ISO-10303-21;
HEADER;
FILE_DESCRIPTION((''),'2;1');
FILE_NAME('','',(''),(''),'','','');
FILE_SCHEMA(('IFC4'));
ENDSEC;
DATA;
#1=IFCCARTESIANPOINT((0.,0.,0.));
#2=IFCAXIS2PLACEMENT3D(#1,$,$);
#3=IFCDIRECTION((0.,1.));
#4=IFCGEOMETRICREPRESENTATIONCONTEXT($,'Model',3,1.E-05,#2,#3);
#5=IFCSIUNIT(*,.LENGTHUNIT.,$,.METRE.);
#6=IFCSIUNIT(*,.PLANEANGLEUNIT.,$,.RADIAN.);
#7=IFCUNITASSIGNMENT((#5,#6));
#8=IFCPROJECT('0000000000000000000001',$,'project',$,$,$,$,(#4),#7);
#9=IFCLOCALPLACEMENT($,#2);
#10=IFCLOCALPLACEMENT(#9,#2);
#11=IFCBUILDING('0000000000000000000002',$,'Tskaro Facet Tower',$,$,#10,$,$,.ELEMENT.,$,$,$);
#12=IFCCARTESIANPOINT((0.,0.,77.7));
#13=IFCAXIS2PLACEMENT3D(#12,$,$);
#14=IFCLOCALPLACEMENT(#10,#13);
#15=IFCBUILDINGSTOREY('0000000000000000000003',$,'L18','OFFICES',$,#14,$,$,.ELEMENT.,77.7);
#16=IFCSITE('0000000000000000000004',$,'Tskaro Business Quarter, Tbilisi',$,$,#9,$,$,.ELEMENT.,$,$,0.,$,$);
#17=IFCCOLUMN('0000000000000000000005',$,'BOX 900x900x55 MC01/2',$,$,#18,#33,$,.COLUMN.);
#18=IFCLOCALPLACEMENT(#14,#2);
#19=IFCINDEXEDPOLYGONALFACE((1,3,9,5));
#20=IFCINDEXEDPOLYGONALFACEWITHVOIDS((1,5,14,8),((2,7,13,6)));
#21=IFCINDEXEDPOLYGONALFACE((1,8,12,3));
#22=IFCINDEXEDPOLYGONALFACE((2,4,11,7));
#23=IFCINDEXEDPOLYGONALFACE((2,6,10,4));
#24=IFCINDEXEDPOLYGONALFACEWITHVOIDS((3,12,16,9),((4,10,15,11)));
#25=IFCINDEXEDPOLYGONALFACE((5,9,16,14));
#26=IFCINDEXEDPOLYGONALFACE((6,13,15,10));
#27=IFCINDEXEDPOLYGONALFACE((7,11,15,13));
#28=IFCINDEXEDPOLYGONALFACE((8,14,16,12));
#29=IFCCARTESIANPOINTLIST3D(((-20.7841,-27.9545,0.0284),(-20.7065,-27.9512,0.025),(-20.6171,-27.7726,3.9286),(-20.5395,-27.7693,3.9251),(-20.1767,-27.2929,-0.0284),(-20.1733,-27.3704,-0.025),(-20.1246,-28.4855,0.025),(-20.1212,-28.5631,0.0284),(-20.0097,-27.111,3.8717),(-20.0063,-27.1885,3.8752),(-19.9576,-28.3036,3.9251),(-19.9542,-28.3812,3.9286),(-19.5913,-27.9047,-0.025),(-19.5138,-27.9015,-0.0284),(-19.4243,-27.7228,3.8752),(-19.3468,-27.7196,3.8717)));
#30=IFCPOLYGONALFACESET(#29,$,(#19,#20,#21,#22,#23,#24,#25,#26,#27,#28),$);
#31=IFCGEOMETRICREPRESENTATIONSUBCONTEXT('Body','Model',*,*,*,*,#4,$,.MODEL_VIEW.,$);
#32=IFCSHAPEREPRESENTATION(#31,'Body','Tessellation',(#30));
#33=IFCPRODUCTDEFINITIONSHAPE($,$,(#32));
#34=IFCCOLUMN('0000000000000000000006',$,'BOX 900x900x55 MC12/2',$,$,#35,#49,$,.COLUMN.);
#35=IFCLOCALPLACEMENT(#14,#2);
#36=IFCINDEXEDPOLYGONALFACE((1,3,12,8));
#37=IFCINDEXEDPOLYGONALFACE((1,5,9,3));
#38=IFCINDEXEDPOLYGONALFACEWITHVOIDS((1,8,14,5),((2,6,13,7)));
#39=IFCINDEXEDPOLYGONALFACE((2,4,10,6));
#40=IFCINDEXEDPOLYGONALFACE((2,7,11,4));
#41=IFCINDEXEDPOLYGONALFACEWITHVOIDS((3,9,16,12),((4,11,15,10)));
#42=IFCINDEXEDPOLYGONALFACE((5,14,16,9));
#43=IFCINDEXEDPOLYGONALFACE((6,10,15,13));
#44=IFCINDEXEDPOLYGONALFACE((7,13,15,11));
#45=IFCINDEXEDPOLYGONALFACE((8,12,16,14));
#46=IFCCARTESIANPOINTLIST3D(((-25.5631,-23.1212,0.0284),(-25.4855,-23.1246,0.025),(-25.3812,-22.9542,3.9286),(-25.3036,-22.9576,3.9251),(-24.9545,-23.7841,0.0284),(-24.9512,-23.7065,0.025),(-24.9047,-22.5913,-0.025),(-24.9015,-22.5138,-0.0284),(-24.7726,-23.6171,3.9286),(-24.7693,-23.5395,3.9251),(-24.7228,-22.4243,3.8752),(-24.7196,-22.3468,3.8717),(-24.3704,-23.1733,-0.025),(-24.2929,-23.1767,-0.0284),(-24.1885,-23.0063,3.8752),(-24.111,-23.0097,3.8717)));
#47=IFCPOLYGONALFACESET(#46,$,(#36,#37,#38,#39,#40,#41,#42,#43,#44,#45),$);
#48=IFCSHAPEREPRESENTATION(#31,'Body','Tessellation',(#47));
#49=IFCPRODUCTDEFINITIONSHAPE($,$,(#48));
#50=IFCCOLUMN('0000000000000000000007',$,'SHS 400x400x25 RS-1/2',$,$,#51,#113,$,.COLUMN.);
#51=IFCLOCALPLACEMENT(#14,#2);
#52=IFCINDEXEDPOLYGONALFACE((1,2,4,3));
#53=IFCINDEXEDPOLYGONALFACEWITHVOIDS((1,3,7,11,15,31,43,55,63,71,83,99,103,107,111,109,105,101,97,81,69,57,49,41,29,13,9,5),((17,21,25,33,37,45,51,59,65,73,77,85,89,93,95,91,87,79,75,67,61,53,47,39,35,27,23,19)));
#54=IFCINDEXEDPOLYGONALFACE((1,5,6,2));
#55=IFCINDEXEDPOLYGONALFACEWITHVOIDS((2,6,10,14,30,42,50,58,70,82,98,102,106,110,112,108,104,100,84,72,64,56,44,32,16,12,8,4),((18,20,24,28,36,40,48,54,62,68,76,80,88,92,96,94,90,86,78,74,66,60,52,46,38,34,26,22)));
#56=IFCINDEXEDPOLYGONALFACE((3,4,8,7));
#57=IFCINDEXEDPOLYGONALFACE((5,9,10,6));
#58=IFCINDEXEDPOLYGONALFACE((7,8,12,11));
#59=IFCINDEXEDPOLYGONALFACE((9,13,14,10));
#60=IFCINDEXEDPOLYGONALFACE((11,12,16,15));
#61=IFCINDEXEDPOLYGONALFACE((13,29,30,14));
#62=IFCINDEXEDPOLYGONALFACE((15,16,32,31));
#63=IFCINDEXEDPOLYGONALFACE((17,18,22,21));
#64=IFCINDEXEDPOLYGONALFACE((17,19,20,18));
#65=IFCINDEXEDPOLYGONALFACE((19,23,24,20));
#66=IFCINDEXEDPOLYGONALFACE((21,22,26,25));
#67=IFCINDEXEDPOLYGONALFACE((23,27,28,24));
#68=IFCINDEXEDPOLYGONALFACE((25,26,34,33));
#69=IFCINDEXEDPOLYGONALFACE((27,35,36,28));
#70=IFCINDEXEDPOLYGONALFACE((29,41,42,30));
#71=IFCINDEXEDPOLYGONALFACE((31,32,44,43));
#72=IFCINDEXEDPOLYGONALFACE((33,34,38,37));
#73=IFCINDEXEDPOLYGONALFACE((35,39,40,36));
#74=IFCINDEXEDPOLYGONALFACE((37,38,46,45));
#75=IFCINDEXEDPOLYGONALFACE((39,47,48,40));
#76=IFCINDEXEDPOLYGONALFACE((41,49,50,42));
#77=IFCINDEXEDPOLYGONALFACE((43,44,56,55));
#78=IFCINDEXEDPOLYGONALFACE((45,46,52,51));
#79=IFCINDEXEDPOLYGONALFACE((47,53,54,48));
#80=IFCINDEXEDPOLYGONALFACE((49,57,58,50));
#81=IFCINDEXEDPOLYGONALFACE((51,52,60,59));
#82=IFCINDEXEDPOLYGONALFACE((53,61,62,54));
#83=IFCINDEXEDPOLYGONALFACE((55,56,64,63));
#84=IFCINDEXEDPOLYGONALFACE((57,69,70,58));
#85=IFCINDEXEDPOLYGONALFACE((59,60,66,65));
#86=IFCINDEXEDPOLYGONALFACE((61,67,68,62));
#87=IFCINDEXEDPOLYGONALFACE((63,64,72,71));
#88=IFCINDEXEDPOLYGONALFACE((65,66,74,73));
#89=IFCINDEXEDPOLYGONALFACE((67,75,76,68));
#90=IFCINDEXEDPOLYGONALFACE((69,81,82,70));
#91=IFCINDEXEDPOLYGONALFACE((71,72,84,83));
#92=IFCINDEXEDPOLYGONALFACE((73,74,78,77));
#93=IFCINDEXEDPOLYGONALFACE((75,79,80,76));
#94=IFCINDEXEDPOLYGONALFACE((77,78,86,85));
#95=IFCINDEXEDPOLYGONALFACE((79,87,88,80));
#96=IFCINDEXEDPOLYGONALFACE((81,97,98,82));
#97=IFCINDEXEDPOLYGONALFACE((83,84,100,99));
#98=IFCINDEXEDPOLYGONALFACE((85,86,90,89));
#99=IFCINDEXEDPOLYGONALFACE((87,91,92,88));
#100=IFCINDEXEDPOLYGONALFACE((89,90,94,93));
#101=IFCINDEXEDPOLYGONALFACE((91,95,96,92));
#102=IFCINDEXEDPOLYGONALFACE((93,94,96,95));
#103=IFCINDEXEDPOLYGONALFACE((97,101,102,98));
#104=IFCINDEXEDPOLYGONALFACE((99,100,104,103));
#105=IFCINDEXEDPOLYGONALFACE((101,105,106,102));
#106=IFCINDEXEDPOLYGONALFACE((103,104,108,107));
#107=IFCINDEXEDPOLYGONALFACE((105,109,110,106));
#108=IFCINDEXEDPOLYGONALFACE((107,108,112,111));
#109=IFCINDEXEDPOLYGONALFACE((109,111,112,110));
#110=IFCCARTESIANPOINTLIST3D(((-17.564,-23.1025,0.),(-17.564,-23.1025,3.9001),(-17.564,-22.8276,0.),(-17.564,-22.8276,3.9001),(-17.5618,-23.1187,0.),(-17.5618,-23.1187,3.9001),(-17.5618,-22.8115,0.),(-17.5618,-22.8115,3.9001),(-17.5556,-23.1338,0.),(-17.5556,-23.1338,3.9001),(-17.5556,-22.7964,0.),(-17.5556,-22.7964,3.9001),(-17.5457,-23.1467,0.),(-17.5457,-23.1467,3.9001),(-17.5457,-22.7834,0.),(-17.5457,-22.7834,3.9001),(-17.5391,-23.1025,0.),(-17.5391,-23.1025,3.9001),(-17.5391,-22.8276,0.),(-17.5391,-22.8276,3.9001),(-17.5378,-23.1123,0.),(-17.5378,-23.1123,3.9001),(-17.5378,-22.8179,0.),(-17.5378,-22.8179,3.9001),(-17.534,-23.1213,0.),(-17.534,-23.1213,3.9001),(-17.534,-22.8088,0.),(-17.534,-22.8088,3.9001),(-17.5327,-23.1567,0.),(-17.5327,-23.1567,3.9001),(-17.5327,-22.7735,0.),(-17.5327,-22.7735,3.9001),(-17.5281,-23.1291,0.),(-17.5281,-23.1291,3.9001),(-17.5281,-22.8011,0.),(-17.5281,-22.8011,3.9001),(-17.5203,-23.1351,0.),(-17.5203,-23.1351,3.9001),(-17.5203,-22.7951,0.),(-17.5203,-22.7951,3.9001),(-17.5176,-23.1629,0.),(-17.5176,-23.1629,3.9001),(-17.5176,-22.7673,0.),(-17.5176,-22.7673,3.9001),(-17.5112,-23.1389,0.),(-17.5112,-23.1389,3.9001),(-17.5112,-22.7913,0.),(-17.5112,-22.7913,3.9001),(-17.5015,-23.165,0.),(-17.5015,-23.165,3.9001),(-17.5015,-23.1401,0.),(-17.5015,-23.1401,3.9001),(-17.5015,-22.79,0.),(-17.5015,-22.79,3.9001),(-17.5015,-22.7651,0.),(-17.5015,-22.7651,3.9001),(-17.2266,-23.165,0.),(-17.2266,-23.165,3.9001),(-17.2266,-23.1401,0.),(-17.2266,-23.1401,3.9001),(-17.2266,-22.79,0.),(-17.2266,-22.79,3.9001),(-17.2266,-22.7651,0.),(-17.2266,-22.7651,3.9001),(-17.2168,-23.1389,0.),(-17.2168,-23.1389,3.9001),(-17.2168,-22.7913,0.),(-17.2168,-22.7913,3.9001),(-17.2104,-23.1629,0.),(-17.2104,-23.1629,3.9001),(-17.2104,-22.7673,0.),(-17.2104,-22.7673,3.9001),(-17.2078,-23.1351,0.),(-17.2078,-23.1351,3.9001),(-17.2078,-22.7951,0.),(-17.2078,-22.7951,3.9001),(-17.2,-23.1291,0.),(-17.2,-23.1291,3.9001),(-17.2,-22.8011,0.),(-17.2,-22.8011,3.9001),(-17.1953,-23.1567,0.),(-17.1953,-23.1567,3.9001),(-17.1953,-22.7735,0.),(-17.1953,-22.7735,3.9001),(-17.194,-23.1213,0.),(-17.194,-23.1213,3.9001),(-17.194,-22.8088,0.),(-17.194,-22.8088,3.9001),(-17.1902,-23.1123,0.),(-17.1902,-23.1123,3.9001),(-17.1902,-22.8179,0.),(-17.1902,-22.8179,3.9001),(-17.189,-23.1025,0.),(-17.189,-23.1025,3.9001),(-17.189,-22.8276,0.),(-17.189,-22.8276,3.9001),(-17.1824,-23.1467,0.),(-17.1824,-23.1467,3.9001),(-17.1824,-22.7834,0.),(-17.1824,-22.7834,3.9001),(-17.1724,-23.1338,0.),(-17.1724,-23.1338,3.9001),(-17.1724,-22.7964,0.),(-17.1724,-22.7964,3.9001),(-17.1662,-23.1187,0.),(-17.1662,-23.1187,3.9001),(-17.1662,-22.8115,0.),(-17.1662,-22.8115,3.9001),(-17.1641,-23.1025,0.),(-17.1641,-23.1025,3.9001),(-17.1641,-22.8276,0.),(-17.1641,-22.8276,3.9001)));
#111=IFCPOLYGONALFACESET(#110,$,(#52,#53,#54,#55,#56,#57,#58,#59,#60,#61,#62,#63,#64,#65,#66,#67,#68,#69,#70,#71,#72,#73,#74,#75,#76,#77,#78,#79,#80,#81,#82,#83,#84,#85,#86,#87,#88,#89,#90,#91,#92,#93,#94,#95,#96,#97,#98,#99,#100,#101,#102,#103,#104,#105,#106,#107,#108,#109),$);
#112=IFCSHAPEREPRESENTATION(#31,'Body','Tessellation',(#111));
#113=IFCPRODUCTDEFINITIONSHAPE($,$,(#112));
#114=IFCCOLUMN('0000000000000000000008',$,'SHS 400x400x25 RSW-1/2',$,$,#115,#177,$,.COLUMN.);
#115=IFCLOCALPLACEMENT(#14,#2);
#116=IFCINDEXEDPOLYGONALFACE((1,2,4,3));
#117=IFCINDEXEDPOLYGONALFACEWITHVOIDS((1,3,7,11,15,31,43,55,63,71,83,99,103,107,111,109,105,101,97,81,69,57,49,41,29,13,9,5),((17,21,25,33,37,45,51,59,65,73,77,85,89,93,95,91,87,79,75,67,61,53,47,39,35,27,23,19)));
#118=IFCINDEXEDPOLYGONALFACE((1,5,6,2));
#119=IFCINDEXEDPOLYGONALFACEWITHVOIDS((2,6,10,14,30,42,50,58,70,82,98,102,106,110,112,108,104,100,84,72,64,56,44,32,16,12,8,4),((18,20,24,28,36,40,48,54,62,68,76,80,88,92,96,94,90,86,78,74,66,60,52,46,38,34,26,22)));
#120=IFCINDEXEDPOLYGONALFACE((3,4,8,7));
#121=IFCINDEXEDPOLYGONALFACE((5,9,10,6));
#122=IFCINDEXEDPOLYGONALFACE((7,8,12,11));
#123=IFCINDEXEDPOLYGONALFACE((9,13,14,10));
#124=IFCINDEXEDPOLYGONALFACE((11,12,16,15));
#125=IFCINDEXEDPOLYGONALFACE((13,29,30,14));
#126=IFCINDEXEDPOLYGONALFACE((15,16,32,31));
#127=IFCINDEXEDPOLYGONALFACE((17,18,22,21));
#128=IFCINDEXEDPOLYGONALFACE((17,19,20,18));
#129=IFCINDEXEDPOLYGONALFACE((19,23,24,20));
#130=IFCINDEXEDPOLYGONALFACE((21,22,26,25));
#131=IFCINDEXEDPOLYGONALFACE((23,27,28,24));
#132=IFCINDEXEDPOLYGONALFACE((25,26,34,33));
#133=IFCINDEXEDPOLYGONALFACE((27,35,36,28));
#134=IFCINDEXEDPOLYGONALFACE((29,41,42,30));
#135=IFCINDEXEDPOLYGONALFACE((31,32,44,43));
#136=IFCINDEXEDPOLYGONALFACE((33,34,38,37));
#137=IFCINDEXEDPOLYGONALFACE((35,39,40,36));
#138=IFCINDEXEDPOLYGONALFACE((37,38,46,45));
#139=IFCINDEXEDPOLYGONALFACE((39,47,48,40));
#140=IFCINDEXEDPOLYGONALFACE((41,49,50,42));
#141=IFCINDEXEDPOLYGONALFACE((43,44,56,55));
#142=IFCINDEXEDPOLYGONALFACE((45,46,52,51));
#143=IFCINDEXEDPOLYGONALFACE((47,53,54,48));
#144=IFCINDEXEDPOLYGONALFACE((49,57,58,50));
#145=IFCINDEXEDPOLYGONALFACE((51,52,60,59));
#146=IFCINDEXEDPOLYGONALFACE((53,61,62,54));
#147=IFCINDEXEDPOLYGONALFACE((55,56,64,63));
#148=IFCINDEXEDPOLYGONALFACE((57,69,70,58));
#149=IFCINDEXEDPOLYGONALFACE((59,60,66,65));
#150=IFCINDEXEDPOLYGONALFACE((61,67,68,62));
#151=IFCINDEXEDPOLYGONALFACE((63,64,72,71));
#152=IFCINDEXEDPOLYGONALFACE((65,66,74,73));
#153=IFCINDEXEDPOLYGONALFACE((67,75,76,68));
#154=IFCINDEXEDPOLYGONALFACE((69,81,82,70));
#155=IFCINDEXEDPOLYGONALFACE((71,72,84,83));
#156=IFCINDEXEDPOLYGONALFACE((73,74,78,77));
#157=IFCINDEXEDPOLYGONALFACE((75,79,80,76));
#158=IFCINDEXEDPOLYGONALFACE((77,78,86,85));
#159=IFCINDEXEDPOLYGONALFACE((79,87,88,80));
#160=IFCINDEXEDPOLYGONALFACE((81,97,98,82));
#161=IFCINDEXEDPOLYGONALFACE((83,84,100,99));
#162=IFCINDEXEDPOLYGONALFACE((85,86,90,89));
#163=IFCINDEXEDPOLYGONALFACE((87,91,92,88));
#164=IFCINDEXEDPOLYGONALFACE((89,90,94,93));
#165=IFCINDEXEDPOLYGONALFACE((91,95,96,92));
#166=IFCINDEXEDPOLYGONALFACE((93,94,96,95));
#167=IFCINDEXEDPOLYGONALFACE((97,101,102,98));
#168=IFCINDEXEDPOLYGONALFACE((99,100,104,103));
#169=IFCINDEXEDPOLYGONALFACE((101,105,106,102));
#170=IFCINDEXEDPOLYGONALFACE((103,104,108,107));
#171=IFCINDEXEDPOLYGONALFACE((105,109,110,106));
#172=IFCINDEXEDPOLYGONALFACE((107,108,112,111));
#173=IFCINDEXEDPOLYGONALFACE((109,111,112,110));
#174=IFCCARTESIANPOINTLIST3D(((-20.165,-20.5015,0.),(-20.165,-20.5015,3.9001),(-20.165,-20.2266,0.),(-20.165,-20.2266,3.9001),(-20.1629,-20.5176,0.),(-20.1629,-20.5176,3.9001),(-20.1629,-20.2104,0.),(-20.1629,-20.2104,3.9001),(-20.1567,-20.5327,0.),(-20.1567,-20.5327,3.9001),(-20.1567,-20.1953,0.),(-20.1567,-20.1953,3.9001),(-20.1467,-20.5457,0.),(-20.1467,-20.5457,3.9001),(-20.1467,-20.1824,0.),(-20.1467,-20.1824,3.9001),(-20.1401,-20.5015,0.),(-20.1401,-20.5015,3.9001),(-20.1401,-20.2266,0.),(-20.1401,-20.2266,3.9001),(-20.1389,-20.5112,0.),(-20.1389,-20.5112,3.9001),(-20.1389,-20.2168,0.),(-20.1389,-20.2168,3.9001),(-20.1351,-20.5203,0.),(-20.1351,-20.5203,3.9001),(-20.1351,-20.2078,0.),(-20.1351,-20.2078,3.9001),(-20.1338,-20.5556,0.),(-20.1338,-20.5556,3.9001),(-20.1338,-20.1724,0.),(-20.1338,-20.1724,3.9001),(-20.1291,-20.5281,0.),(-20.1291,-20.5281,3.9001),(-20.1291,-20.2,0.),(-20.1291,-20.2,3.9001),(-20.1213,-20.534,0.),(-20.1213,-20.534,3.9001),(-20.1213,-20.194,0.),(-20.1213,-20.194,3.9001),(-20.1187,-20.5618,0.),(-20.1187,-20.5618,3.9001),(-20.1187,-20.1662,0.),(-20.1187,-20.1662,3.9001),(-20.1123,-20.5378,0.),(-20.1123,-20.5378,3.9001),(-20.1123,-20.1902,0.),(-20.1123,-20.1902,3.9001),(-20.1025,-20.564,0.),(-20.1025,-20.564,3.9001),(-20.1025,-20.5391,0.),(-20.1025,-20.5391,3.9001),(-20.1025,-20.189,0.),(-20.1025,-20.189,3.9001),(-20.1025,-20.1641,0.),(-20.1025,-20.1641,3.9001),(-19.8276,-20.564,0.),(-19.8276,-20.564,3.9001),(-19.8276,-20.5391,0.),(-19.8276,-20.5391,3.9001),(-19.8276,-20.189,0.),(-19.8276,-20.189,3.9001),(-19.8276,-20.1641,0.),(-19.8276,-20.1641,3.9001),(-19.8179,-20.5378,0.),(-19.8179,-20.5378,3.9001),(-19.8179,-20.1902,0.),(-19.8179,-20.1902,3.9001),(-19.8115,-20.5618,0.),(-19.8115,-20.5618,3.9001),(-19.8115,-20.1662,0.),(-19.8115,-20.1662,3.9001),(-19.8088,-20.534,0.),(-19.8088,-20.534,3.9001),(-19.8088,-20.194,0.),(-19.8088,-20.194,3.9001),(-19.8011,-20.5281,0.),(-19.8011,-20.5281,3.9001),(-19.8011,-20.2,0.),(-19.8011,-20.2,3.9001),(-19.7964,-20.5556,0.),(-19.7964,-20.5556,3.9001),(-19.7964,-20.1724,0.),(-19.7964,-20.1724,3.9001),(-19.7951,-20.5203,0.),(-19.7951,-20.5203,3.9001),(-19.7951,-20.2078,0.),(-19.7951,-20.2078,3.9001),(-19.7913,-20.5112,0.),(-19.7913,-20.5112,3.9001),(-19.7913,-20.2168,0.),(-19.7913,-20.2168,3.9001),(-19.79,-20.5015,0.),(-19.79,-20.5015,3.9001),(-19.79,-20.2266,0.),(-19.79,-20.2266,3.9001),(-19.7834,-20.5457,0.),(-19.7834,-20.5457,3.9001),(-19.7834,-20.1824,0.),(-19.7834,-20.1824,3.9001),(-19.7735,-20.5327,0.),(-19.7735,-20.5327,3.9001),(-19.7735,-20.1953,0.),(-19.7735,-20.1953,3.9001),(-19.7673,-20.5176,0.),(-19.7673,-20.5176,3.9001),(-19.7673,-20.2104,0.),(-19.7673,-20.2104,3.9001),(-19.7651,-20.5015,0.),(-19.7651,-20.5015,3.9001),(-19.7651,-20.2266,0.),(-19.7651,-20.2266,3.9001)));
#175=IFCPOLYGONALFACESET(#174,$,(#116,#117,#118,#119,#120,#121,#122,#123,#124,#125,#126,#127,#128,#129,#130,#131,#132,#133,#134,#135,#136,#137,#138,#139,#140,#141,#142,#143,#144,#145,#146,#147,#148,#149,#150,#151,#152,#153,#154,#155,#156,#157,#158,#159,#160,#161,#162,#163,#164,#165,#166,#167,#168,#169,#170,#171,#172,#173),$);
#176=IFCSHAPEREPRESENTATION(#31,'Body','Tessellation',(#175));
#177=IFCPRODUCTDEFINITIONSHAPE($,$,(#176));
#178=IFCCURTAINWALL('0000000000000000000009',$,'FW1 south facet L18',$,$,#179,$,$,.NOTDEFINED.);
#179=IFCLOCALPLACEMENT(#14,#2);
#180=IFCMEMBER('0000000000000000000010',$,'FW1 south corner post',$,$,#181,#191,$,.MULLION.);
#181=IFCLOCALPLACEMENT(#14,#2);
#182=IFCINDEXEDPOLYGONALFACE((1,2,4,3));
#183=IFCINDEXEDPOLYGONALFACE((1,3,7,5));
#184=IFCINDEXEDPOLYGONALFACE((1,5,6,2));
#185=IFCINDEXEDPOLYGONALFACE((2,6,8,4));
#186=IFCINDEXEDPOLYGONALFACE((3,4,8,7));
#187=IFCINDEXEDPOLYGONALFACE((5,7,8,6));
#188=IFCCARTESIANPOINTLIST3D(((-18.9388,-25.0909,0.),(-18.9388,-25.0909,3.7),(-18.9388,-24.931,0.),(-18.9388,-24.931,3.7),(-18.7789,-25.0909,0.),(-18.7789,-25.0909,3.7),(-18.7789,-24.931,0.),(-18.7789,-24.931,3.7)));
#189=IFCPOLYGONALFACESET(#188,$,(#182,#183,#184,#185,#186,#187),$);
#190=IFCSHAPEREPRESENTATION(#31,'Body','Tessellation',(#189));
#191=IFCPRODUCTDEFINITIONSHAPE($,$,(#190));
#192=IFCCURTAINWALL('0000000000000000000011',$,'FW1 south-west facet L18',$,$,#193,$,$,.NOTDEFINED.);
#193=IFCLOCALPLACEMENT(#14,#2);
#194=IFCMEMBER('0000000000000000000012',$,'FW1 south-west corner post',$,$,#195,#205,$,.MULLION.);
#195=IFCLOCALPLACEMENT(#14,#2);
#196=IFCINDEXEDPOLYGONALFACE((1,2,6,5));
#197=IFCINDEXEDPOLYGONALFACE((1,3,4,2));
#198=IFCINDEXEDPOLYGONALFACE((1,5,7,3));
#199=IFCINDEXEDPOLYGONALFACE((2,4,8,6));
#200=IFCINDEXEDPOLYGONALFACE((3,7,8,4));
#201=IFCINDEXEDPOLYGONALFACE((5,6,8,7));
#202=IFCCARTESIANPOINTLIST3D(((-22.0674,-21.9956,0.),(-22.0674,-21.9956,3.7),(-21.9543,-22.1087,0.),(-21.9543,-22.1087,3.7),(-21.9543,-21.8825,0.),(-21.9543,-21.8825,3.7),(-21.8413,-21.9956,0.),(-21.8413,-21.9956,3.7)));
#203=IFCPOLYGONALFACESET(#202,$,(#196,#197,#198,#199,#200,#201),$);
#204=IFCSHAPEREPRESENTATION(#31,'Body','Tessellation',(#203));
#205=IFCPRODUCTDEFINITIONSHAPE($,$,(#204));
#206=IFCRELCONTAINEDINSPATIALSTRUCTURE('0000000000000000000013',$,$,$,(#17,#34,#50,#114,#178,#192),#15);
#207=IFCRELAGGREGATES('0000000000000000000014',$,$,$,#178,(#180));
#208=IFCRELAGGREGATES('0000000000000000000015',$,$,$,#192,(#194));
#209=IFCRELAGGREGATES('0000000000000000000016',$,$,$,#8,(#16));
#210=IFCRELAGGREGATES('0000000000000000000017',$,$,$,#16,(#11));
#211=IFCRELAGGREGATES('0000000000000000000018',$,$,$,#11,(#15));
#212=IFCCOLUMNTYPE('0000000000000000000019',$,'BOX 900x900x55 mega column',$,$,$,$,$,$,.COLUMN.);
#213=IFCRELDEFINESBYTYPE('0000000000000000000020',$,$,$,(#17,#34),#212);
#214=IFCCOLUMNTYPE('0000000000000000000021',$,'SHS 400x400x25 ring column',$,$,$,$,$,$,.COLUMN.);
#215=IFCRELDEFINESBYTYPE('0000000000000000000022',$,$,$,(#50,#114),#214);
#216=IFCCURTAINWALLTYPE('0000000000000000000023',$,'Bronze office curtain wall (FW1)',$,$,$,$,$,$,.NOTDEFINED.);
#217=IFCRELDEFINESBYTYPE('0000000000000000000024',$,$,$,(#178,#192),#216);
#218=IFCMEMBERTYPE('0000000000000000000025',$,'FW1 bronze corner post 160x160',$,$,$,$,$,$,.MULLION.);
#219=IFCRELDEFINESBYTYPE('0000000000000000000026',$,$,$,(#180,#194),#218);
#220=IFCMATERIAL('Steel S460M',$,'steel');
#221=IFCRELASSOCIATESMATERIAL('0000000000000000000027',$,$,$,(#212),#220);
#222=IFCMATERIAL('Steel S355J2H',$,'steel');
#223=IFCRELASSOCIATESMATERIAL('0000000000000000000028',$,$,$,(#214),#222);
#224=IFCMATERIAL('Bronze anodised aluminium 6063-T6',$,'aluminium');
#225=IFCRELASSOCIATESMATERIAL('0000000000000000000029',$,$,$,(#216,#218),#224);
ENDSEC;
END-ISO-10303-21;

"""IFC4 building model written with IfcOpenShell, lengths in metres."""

from ifc_helpers import new_model, si_unit, direction, frame, origin, origin_2d, place, context, subcontext, project, spatial, rectangle, hollow_rectangle, extrude, material, material_profile, profile_set, type_object, element, aggregate, save


model = new_model("IFC4")

# Units and contexts
model_context = context("Model", 3, precision=1e-05, world=origin(), true_north=direction((0.0, 1.0)))
body_context = subcontext(model_context, "Body", "Model", "MODEL_VIEW")
ifc_project = project(units=[si_unit("LENGTHUNIT", "METRE"), si_unit("PLANEANGLEUNIT", "RADIAN")], contexts=[model_context])

# Site, building, storey
site_placement = place(None, origin())
site = spatial("IfcSite", under=ifc_project, at=site_placement, Name="Tskaro Business Quarter, Tbilisi", CompositionType="ELEMENT", RefElevation=0.0)
building_placement = place(site_placement, origin())
building = spatial("IfcBuilding", under=site, at=building_placement, Name="Tskaro Facet Tower", CompositionType="ELEMENT")
storey_placement = place(building_placement, frame((0.0, 0.0, 77.7)))
storey = spatial("IfcBuildingStorey", under=building, at=storey_placement, Name="L18", Description="OFFICES", CompositionType="ELEMENT", Elevation=77.7)

# Columns
ifc_material_1 = material(Name="Steel S460M", Category="steel")
ifc_material_profile_1 = material_profile(ifc_material_1, hollow_rectangle(XDim=0.8999, YDim=0.8999, WallThickness=0.0549, at=origin_2d()), Name="BOX 900x900x55")
ifc_profile_set_1 = profile_set([ifc_material_profile_1], Name="Steel S460M")
column_type_1 = type_object("IfcColumnType", Name="BOX 900x900x55 mega column", PredefinedType="COLUMN", material=ifc_profile_set_1)
for number, where, z_axis, x_axis, name in (
    (1, (-20.1489, -27.928, 0.0), (0.042731, 0.046542, 0.998002), (-0.73662, 0.676306, 0.0), "BOX 900x900x55 MC01/2"),
    (2, (-24.928, -23.1489, 0.0), (0.046542, 0.042731, 0.998002), (-0.676306, 0.73662, 0.0), "BOX 900x900x55 MC12/2"),
):
    element("IfcColumn", number, at=place(storey_placement, frame(where, z_axis=z_axis, x_axis=x_axis)), inside=storey, type_object=column_type_1, Name=name, PredefinedType="COLUMN", context=body_context, shape_type="SweptSolid", body=[
        extrude(hollow_rectangle(XDim=0.8999, YDim=0.8999, WallThickness=0.0549, at=origin_2d()), origin(), (0.0, 0.0, 1.0), 3.908),
    ])
ifc_material_2 = material(Name="Steel S355J2H", Category="steel")
ifc_material_profile_2 = material_profile(ifc_material_2, hollow_rectangle(XDim=0.3999, YDim=0.3999, WallThickness=0.0249, InnerFilletRadius=0.0376, OuterFilletRadius=0.0625, at=origin_2d()), Name="SHS 400x400x25")
ifc_profile_set_2 = profile_set([ifc_material_profile_2], Name="Steel S355J2H")
column_type_2 = type_object("IfcColumnType", Name="SHS 400x400x25 ring column", PredefinedType="COLUMN", material=ifc_profile_set_2)
for number, where, z_axis, x_axis, name in (
    (3, (-17.364, -22.9651, 0.0), (0.0, 0.0, 1.0), (1.0, 0.0, 0.0), "SHS 400x400x25 RS-1/2"),
    (4, (-19.9651, -20.364, 0.0), (0.0, 0.0, 1.0), (1.0, 0.0, 0.0), "SHS 400x400x25 RSW-1/2"),
):
    element("IfcColumn", number, at=place(storey_placement, frame(where, z_axis=z_axis, x_axis=x_axis)), inside=storey, type_object=column_type_2, Name=name, PredefinedType="COLUMN", context=body_context, shape_type="SweptSolid", body=[
        extrude(hollow_rectangle(XDim=0.3999, YDim=0.3999, WallThickness=0.0249, InnerFilletRadius=0.0376, OuterFilletRadius=0.0625, at=origin_2d()), origin(), (0.0, 0.0, 1.0), 3.9001),
    ])

# Curtain walls, members
ifc_material_3 = material(Name="Bronze anodised aluminium 6063-T6", Category="aluminium")
curtain_wall_type = type_object("IfcCurtainWallType", Name="Bronze office curtain wall (FW1)", PredefinedType="NOTDEFINED", material=ifc_material_3)
curtain_wall_1_placement = place(storey_placement, origin())
curtain_wall_1 = element("IfcCurtainWall", 5, at=curtain_wall_1_placement, inside=storey, type_object=curtain_wall_type, Name="FW1 south facet L18", PredefinedType="NOTDEFINED")
ifc_material_profile_3 = material_profile(ifc_material_3, rectangle(XDim=0.1599, YDim=0.1599, at=origin_2d()), Name="Corner post 160x160")
ifc_profile_set_3 = profile_set([ifc_material_profile_3], Name="Bronze anodised aluminium 6063-T6")
member_type_1 = type_object("IfcMemberType", Name="FW1 bronze corner post 160x160", PredefinedType="MULLION", material=ifc_profile_set_3)
member_1_placement = place(storey_placement, frame((-18.8589, -25.011, 0.0), z_axis=(0.0, 0.0, 1.0), x_axis=(1.0, 0.0, 0.0)))
member_1 = element("IfcMember", 6, at=member_1_placement, type_object=member_type_1, Name="FW1 south corner post", PredefinedType="MULLION", context=body_context, shape_type="SweptSolid", body=[
    extrude(rectangle(XDim=0.1599, YDim=0.1599, at=origin_2d()), origin(), (0.0, 0.0, 1.0), 3.7),
])
curtain_wall_2_placement = place(storey_placement, origin())
curtain_wall_2 = element("IfcCurtainWall", 7, at=curtain_wall_2_placement, inside=storey, type_object=curtain_wall_type, Name="FW1 south-west facet L18", PredefinedType="NOTDEFINED")
member_2_placement = place(storey_placement, frame((-21.9543, -21.9956, 0.0), z_axis=(0.0, 0.0, 1.0), x_axis=(0.707107, -0.707107, 0.0)))
member_2 = element("IfcMember", 8, at=member_2_placement, type_object=member_type_1, Name="FW1 south-west corner post", PredefinedType="MULLION", context=body_context, shape_type="SweptSolid", body=[
    extrude(rectangle(XDim=0.1599, YDim=0.1599, at=origin_2d()), origin(), (0.0, 0.0, 1.0), 3.7),
])

aggregate(curtain_wall_1, [member_1])
aggregate(curtain_wall_2, [member_2])

save(model, "model.ifc")
